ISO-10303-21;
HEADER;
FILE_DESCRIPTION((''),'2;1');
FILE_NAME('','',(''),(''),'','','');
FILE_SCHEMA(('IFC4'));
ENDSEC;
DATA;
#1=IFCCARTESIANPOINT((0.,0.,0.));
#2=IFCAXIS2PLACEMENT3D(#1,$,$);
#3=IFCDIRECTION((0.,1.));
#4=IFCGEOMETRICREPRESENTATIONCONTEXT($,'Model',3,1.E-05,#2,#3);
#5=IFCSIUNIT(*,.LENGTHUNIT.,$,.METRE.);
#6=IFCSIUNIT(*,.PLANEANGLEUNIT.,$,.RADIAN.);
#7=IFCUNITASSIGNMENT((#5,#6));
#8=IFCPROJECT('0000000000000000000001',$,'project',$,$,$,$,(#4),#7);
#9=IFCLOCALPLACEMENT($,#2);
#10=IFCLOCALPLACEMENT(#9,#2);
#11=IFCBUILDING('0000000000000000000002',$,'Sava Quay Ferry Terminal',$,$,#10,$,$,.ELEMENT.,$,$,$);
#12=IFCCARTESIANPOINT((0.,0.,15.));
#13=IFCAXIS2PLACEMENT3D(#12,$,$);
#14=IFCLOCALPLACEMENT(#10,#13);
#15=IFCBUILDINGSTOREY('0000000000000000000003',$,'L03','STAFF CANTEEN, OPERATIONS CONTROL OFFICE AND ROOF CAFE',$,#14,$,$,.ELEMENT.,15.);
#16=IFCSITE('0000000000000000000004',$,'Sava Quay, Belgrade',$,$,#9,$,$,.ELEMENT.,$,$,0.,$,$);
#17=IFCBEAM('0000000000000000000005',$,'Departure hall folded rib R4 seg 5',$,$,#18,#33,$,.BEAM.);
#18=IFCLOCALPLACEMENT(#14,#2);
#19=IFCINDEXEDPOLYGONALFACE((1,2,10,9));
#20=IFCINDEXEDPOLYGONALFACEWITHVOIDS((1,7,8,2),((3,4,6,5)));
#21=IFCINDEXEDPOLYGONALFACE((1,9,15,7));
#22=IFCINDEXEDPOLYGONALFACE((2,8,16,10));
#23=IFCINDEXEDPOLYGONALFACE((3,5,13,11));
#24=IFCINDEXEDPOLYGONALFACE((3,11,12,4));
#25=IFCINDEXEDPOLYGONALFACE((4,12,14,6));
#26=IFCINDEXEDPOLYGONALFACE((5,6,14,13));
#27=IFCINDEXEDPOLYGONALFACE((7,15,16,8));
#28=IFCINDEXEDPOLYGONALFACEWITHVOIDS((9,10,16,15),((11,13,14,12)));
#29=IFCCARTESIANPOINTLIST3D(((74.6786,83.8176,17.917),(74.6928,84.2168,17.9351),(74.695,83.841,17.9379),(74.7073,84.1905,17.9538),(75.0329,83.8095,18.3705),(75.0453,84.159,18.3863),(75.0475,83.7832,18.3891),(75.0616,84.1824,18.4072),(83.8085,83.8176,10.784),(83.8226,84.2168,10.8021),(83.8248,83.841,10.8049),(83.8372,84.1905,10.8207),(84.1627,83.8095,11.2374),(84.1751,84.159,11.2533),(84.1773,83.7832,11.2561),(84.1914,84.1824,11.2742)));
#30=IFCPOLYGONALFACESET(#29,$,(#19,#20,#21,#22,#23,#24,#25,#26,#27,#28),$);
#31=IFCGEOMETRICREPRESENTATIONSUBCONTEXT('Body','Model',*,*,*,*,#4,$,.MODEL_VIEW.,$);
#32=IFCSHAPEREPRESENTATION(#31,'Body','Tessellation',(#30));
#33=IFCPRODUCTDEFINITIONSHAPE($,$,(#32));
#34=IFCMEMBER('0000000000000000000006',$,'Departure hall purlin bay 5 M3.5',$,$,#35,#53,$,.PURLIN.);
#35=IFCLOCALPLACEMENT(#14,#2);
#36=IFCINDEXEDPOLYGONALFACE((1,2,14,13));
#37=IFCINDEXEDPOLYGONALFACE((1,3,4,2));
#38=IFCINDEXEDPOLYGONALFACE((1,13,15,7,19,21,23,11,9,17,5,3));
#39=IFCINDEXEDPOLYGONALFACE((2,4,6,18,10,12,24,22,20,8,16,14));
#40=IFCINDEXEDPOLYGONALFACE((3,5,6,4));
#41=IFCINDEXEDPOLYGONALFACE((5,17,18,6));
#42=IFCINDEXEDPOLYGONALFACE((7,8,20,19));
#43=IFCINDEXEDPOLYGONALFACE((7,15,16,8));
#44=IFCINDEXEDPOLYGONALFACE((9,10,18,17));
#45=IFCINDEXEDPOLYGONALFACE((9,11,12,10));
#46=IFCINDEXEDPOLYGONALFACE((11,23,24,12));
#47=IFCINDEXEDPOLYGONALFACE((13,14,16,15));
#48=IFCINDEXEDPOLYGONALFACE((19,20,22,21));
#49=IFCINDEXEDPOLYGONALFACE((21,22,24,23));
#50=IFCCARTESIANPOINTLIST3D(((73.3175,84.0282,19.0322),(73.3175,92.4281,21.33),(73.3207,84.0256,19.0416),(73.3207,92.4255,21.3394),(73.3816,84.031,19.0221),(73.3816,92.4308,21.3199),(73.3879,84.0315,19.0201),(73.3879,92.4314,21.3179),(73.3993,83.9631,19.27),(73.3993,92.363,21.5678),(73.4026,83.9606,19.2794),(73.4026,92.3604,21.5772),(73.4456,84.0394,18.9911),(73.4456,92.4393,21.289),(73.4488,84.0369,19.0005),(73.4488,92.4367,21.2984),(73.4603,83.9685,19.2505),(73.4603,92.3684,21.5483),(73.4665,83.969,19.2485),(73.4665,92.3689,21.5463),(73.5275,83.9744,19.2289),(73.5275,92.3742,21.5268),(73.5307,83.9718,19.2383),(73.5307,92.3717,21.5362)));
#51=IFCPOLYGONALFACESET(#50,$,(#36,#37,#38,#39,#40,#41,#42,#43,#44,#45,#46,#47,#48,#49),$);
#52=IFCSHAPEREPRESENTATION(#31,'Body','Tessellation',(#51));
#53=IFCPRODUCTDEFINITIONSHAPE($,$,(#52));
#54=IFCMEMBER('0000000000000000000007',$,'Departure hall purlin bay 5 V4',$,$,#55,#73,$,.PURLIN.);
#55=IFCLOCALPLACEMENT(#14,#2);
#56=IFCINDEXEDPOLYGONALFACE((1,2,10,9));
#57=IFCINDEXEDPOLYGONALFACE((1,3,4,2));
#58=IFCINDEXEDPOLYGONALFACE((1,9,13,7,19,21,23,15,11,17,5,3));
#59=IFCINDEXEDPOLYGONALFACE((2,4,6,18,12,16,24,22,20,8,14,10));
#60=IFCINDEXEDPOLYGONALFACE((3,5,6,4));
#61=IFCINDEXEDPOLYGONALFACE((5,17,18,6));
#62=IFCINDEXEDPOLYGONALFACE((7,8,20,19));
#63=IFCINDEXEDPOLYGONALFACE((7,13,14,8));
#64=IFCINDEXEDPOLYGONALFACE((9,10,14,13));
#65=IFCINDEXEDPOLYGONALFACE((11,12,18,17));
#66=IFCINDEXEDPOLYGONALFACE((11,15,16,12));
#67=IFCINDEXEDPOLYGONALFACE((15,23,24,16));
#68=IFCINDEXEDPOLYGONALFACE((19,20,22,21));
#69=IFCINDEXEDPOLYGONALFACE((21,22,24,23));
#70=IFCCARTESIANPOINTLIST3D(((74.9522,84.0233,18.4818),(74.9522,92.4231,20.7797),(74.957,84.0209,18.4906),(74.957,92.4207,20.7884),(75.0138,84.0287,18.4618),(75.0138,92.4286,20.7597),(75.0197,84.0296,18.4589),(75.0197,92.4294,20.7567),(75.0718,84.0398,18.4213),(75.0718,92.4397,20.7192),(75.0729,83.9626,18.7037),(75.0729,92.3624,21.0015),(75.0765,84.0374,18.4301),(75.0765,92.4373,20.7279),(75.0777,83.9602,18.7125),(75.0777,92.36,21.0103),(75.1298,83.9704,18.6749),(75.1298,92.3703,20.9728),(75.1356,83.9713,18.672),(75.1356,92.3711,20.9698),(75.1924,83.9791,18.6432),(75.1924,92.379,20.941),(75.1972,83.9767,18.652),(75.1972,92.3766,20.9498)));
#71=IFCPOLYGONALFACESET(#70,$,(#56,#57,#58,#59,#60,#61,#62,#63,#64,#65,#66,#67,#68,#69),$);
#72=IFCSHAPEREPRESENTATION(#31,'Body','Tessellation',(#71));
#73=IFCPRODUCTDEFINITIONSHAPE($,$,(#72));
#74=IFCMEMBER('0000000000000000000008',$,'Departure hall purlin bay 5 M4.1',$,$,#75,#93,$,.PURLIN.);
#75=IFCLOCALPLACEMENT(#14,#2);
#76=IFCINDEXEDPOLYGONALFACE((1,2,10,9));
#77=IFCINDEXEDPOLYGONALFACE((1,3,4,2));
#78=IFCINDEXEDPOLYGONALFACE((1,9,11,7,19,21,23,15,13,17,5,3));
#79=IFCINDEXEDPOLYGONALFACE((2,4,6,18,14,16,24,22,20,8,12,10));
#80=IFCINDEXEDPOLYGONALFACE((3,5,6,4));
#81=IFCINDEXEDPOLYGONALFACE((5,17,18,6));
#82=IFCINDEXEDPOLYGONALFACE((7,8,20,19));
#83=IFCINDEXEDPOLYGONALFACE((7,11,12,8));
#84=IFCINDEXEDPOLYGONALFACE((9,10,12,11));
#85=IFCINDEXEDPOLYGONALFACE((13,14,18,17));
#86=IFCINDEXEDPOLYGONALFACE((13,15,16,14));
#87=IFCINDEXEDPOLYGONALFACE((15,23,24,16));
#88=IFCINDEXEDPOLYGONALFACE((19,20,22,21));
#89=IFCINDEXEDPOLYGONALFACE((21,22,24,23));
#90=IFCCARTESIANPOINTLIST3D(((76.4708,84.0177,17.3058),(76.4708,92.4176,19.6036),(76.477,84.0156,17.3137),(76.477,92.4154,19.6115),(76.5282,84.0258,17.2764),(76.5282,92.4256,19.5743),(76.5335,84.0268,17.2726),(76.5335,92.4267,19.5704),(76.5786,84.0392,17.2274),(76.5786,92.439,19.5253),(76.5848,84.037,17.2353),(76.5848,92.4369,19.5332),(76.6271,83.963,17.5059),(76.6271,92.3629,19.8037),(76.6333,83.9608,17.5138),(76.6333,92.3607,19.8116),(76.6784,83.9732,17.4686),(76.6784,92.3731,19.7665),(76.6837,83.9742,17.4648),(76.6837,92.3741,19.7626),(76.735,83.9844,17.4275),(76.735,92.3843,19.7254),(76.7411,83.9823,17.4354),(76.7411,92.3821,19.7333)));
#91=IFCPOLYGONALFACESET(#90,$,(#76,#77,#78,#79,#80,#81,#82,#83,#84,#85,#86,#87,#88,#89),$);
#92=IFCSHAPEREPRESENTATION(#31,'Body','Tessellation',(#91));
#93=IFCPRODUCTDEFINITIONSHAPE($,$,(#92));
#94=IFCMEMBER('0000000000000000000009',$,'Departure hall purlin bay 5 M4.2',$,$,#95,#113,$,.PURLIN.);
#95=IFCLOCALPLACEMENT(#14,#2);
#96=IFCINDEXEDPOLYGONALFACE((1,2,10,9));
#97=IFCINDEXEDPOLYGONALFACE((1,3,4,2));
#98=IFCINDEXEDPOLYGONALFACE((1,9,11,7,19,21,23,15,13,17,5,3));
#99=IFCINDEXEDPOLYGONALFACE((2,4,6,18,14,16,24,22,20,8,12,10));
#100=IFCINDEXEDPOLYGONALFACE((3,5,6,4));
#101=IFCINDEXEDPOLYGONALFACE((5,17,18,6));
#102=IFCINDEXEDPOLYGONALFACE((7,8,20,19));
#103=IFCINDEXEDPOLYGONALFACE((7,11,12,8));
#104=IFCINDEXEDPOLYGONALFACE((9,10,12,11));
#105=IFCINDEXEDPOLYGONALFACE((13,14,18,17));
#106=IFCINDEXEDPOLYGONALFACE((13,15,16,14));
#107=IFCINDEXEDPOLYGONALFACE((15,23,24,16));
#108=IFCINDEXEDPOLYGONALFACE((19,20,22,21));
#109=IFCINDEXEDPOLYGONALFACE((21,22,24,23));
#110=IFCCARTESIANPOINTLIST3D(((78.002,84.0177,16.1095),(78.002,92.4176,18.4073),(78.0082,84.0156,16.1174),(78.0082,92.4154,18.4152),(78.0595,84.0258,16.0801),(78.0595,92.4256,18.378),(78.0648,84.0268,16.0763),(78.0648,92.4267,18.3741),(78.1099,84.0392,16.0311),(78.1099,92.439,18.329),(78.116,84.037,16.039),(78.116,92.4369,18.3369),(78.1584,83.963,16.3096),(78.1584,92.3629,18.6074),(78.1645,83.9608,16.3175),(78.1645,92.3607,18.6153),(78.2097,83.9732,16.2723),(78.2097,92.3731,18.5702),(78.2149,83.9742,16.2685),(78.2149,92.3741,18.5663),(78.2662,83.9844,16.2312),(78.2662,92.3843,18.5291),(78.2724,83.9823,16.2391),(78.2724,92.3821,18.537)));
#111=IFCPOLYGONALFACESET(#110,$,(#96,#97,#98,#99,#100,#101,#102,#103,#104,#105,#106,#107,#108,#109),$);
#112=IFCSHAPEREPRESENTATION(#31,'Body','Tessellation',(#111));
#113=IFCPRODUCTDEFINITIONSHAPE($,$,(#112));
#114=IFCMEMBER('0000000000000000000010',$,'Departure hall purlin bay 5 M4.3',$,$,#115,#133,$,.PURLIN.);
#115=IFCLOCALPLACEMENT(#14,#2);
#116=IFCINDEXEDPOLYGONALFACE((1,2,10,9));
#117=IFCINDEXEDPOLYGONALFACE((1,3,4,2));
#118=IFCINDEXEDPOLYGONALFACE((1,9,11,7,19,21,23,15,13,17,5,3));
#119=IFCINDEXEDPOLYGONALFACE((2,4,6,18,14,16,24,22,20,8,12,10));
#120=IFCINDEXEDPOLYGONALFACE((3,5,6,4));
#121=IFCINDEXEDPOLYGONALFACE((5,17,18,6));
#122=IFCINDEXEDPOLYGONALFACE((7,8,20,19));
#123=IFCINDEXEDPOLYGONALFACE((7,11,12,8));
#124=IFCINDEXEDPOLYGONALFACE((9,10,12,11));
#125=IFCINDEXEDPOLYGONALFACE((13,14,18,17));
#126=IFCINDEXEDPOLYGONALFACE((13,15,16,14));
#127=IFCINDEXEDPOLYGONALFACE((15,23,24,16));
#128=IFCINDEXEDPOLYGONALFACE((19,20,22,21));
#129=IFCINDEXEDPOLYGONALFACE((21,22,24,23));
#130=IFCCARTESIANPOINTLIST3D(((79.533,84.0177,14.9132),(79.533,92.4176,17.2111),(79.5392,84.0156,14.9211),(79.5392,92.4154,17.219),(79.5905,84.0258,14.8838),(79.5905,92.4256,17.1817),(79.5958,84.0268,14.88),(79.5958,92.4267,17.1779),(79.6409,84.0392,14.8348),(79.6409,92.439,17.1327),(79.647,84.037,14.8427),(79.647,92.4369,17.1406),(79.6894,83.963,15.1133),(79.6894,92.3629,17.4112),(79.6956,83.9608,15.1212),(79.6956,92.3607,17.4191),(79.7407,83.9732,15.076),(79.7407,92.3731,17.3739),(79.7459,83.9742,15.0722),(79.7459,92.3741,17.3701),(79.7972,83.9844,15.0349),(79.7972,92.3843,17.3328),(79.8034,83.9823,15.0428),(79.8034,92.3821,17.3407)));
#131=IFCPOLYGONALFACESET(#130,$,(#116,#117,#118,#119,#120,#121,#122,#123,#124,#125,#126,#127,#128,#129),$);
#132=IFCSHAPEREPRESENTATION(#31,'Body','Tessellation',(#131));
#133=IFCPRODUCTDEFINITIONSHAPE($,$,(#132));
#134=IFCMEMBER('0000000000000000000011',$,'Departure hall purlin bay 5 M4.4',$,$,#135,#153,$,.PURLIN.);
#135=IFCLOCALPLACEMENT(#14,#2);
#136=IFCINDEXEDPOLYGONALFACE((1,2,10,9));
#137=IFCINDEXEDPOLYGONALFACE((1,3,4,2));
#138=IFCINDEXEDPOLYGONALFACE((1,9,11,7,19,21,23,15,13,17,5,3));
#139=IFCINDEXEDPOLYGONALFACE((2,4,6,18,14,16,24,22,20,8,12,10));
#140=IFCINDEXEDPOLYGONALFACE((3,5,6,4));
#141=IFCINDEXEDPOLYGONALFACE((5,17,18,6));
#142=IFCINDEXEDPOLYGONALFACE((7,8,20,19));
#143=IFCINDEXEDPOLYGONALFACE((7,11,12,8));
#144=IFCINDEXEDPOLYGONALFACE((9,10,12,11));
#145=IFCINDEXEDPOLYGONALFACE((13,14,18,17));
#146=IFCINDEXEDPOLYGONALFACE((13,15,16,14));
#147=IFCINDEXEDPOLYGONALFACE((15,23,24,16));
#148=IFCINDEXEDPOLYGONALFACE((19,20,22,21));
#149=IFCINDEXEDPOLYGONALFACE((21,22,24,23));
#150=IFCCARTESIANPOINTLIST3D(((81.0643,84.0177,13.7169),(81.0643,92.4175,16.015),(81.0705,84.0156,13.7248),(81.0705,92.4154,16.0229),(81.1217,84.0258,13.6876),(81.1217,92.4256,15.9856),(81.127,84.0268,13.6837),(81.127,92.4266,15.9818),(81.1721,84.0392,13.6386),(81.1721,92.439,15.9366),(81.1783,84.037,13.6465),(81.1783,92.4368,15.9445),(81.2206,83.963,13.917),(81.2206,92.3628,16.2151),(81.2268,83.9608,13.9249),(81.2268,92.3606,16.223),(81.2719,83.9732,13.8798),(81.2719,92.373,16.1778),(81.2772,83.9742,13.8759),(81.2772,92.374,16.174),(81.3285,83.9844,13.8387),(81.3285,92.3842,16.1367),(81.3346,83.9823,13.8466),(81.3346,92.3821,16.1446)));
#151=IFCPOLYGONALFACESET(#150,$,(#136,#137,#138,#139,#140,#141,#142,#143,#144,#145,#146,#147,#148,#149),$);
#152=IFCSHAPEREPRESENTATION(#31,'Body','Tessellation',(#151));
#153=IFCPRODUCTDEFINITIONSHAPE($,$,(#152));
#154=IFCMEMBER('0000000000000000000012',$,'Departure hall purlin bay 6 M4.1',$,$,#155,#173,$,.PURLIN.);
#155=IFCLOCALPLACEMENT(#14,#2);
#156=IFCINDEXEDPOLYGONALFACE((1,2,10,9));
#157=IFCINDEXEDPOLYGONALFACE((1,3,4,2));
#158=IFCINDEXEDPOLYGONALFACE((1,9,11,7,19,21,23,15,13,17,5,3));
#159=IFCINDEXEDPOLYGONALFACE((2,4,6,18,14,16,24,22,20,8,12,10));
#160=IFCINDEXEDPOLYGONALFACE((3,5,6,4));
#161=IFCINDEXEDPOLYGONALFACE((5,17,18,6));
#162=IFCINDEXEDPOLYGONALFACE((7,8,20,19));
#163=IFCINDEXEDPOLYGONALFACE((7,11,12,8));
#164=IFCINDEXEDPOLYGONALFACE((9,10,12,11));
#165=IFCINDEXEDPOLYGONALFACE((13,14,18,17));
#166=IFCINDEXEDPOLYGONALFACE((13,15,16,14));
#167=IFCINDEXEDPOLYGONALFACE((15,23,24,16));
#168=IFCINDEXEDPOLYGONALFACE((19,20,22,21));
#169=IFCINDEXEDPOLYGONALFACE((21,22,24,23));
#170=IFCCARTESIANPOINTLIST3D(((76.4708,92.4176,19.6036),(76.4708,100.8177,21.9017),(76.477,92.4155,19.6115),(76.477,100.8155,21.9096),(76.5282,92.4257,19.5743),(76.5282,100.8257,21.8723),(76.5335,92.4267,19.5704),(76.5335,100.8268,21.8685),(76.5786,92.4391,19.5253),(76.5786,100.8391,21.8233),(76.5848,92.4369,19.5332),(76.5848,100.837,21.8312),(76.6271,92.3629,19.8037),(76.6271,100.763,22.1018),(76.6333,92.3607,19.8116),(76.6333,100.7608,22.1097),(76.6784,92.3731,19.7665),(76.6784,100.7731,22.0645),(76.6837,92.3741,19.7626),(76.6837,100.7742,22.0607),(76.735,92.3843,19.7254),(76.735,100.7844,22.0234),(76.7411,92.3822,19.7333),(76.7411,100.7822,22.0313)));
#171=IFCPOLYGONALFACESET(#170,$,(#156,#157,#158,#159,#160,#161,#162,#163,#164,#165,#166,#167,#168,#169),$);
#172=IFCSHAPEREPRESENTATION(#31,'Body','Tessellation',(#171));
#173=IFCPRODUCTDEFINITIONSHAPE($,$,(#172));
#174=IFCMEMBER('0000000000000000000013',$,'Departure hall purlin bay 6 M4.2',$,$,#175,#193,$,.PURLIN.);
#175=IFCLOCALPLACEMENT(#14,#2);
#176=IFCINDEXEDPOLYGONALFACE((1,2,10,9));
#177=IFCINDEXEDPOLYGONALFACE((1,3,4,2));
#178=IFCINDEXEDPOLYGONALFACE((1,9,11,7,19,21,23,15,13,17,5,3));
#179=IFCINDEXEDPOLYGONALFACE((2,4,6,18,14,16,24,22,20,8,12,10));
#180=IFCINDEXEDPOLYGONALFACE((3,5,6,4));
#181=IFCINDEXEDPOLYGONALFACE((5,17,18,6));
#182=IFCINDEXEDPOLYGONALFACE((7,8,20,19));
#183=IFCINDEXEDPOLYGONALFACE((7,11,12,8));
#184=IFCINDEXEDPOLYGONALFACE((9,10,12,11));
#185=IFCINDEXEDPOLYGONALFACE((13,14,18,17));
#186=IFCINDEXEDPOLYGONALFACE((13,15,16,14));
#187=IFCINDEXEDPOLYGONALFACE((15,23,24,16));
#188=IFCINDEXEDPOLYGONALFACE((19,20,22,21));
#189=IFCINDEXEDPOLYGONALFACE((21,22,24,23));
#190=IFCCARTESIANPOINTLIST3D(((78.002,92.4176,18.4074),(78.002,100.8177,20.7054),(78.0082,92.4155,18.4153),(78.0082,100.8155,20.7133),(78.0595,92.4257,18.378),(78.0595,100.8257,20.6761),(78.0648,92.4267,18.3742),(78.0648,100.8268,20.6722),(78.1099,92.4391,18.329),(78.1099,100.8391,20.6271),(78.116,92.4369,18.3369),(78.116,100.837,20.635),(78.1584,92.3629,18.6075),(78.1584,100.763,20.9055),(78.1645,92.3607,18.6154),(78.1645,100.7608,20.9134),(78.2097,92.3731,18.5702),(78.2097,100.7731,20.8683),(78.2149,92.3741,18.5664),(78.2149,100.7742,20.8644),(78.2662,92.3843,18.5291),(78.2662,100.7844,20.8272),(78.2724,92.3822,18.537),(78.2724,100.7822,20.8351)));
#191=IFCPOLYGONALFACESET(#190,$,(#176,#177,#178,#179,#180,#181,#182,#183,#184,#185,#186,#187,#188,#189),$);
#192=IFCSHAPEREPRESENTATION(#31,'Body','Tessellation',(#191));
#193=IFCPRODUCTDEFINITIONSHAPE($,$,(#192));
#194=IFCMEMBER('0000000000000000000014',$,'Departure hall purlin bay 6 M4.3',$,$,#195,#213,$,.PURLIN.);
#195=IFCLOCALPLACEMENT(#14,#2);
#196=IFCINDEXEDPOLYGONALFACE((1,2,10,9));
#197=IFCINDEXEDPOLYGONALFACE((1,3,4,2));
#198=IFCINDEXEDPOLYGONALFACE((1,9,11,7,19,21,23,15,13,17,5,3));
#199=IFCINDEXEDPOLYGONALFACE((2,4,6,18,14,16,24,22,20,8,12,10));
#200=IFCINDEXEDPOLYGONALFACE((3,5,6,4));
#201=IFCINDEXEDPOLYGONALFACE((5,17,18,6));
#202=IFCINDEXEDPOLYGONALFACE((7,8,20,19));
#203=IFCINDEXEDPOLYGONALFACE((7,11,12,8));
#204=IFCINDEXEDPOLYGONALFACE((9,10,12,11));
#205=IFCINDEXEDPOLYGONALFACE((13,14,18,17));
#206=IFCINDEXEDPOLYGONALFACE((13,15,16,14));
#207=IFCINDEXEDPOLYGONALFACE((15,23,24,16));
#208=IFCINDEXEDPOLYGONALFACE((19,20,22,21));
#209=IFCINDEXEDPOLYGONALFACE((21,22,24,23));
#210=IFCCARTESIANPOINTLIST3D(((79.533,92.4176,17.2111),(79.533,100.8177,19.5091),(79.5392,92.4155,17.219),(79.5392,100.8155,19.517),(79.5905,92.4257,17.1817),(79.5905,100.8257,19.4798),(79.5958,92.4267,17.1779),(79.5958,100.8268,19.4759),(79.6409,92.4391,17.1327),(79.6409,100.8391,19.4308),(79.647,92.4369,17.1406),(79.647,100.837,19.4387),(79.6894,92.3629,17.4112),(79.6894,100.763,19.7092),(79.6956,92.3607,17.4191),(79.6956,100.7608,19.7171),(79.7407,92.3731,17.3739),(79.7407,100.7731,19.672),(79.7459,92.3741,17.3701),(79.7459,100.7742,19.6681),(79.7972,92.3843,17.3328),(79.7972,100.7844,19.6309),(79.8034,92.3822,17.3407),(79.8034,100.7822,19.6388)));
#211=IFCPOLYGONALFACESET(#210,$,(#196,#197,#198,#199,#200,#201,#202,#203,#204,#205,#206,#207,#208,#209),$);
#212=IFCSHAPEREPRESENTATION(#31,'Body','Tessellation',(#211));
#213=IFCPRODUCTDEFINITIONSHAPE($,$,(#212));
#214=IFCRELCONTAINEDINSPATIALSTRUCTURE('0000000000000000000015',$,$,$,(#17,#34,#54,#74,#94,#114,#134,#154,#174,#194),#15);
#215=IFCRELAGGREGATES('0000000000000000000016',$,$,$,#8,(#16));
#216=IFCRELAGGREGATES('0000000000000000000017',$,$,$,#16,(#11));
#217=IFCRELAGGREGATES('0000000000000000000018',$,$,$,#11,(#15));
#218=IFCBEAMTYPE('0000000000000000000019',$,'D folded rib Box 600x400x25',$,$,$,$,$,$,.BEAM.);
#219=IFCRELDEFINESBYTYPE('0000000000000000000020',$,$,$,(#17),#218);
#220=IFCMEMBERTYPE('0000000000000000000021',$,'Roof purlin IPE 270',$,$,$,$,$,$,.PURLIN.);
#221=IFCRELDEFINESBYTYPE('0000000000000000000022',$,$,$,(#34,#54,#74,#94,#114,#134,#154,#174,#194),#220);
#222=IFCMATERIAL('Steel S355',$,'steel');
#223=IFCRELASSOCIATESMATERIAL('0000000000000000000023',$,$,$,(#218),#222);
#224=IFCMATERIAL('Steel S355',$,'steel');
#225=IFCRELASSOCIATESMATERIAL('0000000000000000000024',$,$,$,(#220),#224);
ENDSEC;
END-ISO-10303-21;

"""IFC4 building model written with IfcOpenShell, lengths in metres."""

from ifc_helpers import new_model, si_unit, direction, frame, origin, origin_2d, place, context, subcontext, project, spatial, polyline, i_section, outline, extrude, material, material_profile, profile_set, type_object, element, save


model = new_model("IFC4")

# Units and contexts
model_context = context("Model", 3, precision=1e-05, world=origin(), true_north=direction((0.0, 1.0)))
body_context = subcontext(model_context, "Body", "Model", "MODEL_VIEW")
ifc_project = project(units=[si_unit("LENGTHUNIT", "METRE"), si_unit("PLANEANGLEUNIT", "RADIAN")], contexts=[model_context])

# Site, building, storey
site_placement = place(None, origin())
site = spatial("IfcSite", under=ifc_project, at=site_placement, Name="Sava Quay, Belgrade", CompositionType="ELEMENT", RefElevation=0.0)
building_placement = place(site_placement, origin())
building = spatial("IfcBuilding", under=site, at=building_placement, Name="Sava Quay Ferry Terminal", CompositionType="ELEMENT")
storey_placement = place(building_placement, frame((0.0, 0.0, 15.0)))
storey = spatial("IfcBuildingStorey", under=building, at=storey_placement, Name="L03", Description="STAFF CANTEEN, OPERATIONS CONTROL OFFICE AND ROOF CAFE", CompositionType="ELEMENT", Elevation=15.0)

# Beam
ifc_material_1 = material(Name="Steel S355", Category="steel")
ifc_material_profile_1 = material_profile(ifc_material_1, outline(polyline([(-0.2, -0.3), (0.2, -0.3), (0.2, 0.3), (-0.2, 0.3), (-0.2, -0.3)]), holes=[polyline([(-0.175, -0.2749), (-0.175, 0.2749), (0.175, 0.2749), (0.175, -0.2749), (-0.175, -0.2749)])]), Name="Box 600x400x25 built-up")
ifc_profile_set_1 = profile_set([ifc_material_profile_1], Name="Steel S355")
beam_type = type_object("IfcBeamType", Name="D folded rib Box 600x400x25", PredefinedType="BEAM", material=ifc_profile_set_1)
beam_placement = place(storey_placement, frame((74.8701, 84.0, 18.1621), z_axis=(0.78801, 0.0, -0.615662), x_axis=(0.035346, 0.998351, 0.045241)))
element("IfcBeam", 1, at=beam_placement, inside=storey, type_object=beam_type, Name="Departure hall folded rib R4 seg 5", PredefinedType="BEAM", context=body_context, shape_type="SweptSolid", body=[
    extrude(outline(polyline([(-0.2, -0.3), (0.2, -0.3), (0.2, 0.3), (-0.2, 0.3), (-0.2, -0.3)]), holes=[polyline([(-0.175, -0.2749), (-0.175, 0.2749), (0.175, 0.2749), (0.175, -0.2749), (-0.175, -0.2749)])]), origin(), (0.0, 0.0, 1.0), 11.5859),
])

# Members
ifc_material_2 = material(Name="Steel S355", Category="steel")
ifc_material_profile_2 = material_profile(ifc_material_2, i_section(OverallWidth=0.135, OverallDepth=0.27, WebThickness=0.0066, FlangeThickness=0.0103, at=origin_2d()), Name="IPE 270")
ifc_profile_set_2 = profile_set([ifc_material_profile_2], Name="Steel S355")
member_type_1 = type_object("IfcMemberType", Name="Roof purlin IPE 270", PredefinedType="PURLIN", material=ifc_profile_set_2)
for number, where, z_axis, x_axis, name in (
    (2, (73.4241, 84.0, 19.1353), (0.0, 0.96456, 0.263862), (-0.949027, -0.083168, 0.304024), "Departure hall purlin bay 5 M3.5"),
    (3, (75.0747, 84.0, 18.5669), (0.0, 0.96456, 0.263862), (-0.885499, -0.122601, 0.448175), "Departure hall purlin bay 5 V4"),
    (4, (76.606, 84.0, 17.3706), (0.0, 0.96456, 0.263862), (-0.79862, -0.158802, 0.580507), "Departure hall purlin bay 5 M4.1"),
    (5, (78.1372, 84.0, 16.1743), (0.0, 0.96456, 0.263862), (-0.79862, -0.158802, 0.580507), "Departure hall purlin bay 5 M4.2"),
    (6, (79.6682, 84.0, 14.978), (0.0, 0.96456, 0.263862), (-0.79862, -0.158802, 0.580507), "Departure hall purlin bay 5 M4.3"),
    (7, (81.1995, 84.0, 13.7817), (0.0, 0.964553, 0.263888), (-0.79862, -0.158817, 0.580502), "Departure hall purlin bay 5 M4.4"),
):
    element("IfcMember", number, at=place(storey_placement, frame(where, z_axis=z_axis, x_axis=x_axis)), inside=storey, type_object=member_type_1, Name=name, PredefinedType="PURLIN", context=body_context, shape_type="SweptSolid", body=[
        extrude(i_section(OverallWidth=0.135, OverallDepth=0.27, WebThickness=0.0066, FlangeThickness=0.0103, at=origin_2d()), origin(), (0.0, 0.0, 1.0), 8.7085),
    ])
for number, where, z_axis, x_axis, name in (
    (8, (76.606, 92.3999, 19.6685), (0.0, 0.964555, 0.263881), (-0.79862, -0.158813, 0.580504), "Departure hall purlin bay 6 M4.1"),
    (9, (78.1372, 92.3999, 18.4722), (0.0, 0.964555, 0.263881), (-0.79862, -0.158813, 0.580504), "Departure hall purlin bay 6 M4.2"),
    (10, (79.6682, 92.3999, 17.2759), (0.0, 0.964555, 0.263881), (-0.79862, -0.158813, 0.580504), "Departure hall purlin bay 6 M4.3"),
):
    element("IfcMember", number, at=place(storey_placement, frame(where, z_axis=z_axis, x_axis=x_axis)), inside=storey, type_object=member_type_1, Name=name, PredefinedType="PURLIN", context=body_context, shape_type="SweptSolid", body=[
        extrude(i_section(OverallWidth=0.135, OverallDepth=0.27, WebThickness=0.0066, FlangeThickness=0.0103, at=origin_2d()), origin(), (0.0, 0.0, 1.0), 8.7087),
    ])

save(model, "model.ifc")
